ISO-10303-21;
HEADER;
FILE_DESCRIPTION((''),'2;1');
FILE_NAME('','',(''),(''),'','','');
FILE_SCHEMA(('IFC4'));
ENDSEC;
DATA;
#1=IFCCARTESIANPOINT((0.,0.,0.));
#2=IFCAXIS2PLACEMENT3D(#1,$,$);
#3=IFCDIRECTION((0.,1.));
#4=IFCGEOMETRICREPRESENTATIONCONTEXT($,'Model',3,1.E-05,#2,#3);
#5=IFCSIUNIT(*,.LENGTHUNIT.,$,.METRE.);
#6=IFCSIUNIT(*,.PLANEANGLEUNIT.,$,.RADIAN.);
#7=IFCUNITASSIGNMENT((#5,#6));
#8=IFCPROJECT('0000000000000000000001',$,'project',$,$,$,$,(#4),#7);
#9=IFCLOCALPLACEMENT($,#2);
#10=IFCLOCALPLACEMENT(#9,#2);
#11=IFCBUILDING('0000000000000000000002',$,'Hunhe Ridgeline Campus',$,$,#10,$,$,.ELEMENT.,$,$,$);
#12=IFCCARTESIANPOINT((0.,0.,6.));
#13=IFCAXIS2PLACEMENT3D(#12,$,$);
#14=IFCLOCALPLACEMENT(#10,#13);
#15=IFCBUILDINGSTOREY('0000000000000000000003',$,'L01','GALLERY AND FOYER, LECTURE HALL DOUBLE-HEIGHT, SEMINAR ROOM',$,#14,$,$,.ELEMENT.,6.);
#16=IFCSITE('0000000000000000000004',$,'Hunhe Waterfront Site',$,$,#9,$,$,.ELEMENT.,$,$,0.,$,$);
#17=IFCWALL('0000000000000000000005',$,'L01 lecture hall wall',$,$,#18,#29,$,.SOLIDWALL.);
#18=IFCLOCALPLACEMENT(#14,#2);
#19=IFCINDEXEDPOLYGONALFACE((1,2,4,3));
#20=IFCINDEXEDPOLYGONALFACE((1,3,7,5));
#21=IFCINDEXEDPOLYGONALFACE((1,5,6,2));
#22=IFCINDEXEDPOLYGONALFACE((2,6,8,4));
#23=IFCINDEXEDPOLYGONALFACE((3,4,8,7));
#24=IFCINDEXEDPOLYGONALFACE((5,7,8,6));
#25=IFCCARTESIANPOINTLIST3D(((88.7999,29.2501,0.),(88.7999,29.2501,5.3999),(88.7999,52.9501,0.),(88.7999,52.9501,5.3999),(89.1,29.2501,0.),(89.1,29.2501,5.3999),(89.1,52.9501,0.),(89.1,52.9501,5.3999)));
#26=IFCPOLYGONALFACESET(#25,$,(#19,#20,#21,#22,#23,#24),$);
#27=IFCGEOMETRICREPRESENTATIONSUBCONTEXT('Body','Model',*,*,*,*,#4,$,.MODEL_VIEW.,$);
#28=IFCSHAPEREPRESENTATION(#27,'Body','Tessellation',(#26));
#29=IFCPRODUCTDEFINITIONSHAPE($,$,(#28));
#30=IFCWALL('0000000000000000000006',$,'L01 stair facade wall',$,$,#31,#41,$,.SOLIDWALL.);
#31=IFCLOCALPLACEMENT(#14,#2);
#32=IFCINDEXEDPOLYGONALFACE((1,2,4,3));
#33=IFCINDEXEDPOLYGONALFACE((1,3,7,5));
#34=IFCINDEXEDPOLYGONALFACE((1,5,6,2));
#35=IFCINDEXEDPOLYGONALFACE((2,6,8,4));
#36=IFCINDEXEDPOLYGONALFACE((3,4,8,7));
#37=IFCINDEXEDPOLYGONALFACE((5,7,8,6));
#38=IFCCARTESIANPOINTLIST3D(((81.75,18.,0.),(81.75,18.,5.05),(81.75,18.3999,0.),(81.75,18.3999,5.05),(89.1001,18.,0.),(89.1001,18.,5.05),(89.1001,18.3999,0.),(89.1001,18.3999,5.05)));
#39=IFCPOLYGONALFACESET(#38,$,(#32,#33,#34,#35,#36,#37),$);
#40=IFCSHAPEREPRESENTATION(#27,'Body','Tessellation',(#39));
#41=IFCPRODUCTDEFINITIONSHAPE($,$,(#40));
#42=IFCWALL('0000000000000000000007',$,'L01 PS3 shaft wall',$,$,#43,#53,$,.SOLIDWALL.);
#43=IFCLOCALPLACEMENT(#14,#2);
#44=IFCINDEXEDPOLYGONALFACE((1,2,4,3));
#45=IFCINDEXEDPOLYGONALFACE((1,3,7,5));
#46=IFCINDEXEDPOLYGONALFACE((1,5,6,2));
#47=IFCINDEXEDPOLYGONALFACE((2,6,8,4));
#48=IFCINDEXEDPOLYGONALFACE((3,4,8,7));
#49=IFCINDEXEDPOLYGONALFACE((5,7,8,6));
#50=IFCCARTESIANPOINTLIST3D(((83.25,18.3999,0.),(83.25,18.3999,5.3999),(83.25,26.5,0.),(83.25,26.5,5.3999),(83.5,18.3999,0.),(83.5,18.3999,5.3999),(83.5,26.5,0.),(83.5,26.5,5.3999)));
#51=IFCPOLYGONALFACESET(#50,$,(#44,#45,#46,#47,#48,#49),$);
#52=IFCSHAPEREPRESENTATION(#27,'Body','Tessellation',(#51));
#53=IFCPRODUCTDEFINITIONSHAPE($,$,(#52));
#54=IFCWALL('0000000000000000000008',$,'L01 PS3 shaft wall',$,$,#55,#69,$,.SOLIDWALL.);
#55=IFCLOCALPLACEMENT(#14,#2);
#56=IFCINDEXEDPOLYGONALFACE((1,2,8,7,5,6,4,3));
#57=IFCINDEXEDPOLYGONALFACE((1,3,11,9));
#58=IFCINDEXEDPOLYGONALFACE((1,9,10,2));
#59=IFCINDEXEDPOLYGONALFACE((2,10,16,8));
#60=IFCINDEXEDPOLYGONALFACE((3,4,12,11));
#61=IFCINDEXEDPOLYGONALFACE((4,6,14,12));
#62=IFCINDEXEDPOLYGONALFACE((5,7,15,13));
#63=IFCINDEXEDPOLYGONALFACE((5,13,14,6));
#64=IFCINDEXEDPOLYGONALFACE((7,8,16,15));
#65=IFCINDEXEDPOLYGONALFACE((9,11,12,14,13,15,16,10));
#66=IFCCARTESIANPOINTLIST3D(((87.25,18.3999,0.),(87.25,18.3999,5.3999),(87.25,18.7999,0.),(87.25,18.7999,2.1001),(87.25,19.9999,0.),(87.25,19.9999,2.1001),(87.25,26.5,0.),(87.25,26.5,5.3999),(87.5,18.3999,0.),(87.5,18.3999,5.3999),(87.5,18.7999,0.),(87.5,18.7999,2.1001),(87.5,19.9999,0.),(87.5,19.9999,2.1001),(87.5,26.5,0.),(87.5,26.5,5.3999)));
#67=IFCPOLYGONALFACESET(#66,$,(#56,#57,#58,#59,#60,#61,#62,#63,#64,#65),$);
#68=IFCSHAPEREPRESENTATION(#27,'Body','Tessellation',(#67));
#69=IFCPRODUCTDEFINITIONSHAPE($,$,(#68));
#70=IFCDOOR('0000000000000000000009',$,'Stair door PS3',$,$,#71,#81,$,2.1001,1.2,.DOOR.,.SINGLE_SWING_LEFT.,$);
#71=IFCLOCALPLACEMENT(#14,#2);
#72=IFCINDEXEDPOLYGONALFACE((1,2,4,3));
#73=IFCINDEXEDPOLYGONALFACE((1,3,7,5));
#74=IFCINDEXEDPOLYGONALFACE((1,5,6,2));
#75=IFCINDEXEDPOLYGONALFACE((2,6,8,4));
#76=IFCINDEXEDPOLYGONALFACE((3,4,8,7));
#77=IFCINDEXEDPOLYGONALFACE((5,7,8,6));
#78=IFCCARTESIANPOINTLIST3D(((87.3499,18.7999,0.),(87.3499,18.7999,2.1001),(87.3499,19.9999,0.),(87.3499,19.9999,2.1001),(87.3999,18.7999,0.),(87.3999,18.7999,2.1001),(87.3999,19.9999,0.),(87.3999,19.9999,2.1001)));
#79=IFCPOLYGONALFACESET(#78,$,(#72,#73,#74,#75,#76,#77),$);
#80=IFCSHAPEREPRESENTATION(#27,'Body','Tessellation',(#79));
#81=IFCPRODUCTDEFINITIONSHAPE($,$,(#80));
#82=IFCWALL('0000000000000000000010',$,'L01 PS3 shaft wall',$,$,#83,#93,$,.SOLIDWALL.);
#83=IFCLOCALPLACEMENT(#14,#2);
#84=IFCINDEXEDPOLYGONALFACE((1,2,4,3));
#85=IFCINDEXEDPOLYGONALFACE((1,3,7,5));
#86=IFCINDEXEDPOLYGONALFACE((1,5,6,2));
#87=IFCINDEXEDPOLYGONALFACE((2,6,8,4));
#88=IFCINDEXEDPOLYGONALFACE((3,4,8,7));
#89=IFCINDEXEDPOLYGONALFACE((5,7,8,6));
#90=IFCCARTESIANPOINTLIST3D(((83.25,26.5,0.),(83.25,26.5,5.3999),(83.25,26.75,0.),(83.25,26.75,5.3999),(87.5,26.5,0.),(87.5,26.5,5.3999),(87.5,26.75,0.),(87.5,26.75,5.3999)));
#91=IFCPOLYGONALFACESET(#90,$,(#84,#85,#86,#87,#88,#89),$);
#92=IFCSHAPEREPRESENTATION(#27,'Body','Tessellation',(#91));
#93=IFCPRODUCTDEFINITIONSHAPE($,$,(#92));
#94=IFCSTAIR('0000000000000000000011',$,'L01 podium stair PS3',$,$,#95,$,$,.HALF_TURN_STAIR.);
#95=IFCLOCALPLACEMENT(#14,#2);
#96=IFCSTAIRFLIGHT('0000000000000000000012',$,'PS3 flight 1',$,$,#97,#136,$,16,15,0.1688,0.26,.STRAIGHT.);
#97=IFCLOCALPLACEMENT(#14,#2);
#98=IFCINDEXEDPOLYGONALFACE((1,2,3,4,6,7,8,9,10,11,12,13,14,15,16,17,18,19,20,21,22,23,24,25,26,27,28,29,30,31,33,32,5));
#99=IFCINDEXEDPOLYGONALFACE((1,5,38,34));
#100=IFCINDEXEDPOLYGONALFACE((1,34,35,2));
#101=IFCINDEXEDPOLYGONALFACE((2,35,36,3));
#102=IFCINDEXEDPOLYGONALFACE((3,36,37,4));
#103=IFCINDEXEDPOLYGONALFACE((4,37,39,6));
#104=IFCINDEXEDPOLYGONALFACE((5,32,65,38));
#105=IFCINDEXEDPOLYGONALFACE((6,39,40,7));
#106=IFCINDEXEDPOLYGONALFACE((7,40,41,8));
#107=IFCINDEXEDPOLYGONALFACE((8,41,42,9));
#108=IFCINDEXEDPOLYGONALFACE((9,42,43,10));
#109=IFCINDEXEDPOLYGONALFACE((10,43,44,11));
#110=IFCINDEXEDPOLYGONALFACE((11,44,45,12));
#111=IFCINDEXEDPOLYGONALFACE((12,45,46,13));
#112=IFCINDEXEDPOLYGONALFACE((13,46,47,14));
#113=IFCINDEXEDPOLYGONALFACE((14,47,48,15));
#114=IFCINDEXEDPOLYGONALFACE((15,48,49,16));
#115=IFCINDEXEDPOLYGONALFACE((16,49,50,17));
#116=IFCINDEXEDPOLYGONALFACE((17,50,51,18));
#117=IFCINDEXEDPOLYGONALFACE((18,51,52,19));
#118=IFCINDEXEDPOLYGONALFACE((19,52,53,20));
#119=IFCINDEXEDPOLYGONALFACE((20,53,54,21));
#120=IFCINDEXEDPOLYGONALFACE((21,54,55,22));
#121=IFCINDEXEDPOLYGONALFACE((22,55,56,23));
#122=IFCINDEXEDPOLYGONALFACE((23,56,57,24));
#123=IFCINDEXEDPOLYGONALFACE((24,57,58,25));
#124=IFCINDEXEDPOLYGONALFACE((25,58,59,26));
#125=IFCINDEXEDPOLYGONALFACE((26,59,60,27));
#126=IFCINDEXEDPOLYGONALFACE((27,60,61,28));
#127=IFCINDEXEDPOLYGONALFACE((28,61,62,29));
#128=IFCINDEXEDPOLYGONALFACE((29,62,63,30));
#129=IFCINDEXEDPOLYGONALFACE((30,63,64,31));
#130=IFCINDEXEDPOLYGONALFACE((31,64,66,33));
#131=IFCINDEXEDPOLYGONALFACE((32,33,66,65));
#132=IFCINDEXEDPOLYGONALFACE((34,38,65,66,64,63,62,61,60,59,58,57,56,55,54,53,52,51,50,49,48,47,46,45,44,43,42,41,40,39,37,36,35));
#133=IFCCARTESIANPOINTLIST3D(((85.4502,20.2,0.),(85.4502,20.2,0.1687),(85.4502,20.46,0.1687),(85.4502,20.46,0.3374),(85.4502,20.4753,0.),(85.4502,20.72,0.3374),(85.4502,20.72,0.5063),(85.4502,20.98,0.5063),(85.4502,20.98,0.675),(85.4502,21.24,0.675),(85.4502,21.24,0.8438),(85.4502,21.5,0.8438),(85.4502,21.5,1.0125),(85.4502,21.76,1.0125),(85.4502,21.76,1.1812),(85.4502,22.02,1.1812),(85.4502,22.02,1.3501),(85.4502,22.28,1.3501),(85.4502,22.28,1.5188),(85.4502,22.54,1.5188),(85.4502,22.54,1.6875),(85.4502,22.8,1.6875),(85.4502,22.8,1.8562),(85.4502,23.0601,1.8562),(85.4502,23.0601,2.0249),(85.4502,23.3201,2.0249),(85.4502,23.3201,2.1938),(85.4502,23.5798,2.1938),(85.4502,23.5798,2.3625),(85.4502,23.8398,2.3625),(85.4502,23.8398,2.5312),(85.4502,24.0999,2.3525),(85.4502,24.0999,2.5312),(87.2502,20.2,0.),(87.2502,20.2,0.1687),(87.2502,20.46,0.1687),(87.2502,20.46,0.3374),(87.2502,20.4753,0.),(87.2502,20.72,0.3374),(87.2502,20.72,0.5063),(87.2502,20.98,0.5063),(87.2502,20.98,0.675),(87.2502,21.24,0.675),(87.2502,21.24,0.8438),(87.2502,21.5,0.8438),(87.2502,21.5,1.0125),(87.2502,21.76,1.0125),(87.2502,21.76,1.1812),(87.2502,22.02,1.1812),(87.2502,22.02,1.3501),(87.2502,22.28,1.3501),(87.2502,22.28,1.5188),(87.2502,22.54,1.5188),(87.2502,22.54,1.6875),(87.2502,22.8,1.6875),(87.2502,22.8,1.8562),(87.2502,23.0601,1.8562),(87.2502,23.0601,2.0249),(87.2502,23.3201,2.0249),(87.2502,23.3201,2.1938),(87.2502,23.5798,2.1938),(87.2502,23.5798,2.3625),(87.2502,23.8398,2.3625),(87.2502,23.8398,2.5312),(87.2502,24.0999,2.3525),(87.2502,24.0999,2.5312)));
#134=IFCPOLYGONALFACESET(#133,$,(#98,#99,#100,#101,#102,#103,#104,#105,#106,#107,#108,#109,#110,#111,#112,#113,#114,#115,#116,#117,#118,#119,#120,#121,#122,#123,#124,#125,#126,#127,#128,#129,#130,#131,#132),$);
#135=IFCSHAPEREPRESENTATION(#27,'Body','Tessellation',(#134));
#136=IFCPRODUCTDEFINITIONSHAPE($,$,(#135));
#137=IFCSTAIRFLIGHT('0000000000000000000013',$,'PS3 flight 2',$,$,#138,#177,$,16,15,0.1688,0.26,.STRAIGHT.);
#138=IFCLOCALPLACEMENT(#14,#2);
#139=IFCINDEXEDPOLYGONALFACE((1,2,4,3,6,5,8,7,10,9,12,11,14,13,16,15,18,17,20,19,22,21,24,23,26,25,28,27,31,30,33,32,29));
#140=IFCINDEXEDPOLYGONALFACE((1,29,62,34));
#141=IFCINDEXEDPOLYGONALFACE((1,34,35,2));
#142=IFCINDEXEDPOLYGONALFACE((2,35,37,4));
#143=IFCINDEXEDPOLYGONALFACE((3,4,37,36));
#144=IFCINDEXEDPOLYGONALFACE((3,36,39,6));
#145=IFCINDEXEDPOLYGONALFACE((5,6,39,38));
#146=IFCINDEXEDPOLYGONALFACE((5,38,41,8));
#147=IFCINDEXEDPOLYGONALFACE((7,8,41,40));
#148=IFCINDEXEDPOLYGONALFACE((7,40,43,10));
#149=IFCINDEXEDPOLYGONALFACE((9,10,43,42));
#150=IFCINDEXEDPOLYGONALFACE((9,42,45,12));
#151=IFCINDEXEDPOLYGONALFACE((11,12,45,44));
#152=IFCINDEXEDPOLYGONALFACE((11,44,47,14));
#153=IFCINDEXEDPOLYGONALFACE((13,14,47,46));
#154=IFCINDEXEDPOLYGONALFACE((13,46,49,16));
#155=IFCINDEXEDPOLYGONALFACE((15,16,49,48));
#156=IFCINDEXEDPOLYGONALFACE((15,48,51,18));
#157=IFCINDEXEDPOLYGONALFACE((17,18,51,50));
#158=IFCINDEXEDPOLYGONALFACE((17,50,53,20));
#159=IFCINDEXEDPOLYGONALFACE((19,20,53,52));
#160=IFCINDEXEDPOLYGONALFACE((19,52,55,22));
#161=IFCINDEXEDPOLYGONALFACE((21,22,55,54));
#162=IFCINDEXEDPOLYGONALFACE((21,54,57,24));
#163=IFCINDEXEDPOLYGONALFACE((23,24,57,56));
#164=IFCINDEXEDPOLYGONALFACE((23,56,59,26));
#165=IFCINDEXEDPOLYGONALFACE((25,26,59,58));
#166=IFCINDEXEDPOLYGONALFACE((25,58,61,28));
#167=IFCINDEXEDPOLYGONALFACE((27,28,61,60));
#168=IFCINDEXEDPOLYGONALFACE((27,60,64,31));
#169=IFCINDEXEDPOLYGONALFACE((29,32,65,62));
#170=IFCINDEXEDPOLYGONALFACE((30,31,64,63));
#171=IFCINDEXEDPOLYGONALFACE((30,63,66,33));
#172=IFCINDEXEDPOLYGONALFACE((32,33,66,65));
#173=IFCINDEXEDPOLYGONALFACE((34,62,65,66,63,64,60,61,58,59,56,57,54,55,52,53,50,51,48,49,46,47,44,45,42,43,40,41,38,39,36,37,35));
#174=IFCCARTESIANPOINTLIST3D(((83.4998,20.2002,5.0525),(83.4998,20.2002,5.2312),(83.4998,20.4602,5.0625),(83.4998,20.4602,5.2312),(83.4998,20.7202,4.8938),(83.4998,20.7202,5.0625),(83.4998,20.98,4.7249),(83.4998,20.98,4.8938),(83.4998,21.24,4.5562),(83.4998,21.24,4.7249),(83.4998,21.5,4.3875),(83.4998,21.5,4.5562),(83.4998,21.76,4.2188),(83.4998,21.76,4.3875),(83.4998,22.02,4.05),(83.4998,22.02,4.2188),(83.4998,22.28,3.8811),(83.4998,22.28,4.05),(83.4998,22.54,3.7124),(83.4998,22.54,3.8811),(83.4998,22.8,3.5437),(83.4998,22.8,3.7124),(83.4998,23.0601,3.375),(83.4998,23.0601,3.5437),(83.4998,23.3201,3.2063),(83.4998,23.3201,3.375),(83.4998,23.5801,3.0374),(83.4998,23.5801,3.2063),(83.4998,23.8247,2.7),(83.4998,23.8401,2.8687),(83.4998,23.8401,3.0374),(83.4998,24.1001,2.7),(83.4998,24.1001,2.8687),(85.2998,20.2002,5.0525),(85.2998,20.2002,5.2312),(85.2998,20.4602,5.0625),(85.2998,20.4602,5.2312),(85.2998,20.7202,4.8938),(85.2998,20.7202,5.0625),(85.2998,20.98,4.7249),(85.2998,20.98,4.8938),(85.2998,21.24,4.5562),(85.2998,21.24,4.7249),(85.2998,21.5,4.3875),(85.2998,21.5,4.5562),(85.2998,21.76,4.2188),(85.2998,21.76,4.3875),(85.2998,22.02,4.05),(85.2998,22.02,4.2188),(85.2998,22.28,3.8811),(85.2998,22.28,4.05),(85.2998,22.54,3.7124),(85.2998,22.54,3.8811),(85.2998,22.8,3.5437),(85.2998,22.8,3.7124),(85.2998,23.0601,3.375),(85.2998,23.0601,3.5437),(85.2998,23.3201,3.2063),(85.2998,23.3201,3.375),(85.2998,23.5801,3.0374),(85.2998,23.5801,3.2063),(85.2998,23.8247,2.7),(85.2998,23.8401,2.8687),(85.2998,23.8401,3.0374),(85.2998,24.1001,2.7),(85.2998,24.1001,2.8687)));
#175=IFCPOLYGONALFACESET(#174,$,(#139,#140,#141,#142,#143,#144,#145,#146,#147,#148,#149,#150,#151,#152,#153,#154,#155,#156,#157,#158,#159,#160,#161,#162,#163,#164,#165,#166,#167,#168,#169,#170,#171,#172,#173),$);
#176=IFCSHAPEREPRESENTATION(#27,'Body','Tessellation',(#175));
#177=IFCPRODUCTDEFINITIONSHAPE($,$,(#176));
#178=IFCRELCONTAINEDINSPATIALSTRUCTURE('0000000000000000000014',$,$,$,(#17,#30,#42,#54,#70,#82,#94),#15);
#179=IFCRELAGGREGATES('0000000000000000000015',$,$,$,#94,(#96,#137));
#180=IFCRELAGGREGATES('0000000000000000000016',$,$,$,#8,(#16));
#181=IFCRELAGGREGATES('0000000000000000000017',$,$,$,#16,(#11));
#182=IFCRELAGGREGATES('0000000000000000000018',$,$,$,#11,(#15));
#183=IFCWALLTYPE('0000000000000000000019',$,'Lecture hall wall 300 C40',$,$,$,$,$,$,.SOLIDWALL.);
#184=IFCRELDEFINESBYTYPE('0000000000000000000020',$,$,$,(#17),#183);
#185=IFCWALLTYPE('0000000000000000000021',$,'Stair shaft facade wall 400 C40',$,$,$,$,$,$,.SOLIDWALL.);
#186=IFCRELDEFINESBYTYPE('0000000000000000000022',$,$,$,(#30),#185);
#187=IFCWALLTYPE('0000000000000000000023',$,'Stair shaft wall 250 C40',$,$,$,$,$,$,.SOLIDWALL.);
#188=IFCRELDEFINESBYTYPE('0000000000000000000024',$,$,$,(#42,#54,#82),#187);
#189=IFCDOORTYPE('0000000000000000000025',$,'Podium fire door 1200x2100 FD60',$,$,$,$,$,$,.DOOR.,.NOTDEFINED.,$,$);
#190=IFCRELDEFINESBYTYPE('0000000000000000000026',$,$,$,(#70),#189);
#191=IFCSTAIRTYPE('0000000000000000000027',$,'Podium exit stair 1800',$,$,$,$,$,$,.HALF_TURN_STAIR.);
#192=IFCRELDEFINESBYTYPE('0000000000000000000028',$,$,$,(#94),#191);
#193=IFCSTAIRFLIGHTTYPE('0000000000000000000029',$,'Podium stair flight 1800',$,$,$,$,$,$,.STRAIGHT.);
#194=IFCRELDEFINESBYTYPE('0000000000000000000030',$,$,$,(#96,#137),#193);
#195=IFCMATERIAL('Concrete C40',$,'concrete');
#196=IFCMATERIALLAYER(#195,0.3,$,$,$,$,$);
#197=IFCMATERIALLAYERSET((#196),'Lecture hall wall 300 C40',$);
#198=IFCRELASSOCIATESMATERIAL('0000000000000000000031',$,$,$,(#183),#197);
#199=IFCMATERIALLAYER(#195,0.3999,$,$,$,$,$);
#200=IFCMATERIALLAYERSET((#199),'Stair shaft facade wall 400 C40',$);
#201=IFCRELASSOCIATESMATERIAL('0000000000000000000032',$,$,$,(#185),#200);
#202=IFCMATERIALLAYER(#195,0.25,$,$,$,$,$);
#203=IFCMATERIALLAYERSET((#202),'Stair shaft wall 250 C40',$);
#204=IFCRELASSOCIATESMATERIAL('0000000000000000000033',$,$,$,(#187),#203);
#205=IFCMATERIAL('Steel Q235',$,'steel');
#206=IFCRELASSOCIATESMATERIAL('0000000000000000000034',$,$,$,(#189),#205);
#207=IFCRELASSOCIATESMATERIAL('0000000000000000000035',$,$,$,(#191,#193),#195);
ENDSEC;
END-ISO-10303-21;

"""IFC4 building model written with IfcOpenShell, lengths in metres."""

from ifc_helpers import new_model, si_unit, direction, frame, frame_2d, origin, place, context, subcontext, project, spatial, polyline, rectangle, outline, extrude, material, layer, layer_set, type_object, element, fill, aggregate, save


model = new_model("IFC4")

# Units and contexts
model_context = context("Model", 3, precision=1e-05, world=origin(), true_north=direction((0.0, 1.0)))
body_context = subcontext(model_context, "Body", "Model", "MODEL_VIEW")
ifc_project = project(units=[si_unit("LENGTHUNIT", "METRE"), si_unit("PLANEANGLEUNIT", "RADIAN")], contexts=[model_context])

# Site, building, storey
site_placement = place(None, origin())
site = spatial("IfcSite", under=ifc_project, at=site_placement, Name="Hunhe Waterfront Site", CompositionType="ELEMENT", RefElevation=0.0)
building_placement = place(site_placement, origin())
building = spatial("IfcBuilding", under=site, at=building_placement, Name="Hunhe Ridgeline Campus", CompositionType="ELEMENT")
storey_placement = place(building_placement, frame((0.0, 0.0, 6.0)))
storey = spatial("IfcBuildingStorey", under=building, at=storey_placement, Name="L01", Description="GALLERY AND FOYER, LECTURE HALL DOUBLE-HEIGHT, SEMINAR ROOM", CompositionType="ELEMENT", Elevation=6.0)

# Wall
ifc_material_1 = material(Name="Concrete C40", Category="concrete")
ifc_layer_1 = layer(ifc_material_1, 0.3)
ifc_layer_set_1 = layer_set([ifc_layer_1], Name="Lecture hall wall 300 C40")
wall_type_1 = type_object("IfcWallType", Name="Lecture hall wall 300 C40", PredefinedType="SOLIDWALL", material=ifc_layer_set_1)
wall_1_placement = place(storey_placement, frame((88.95, 29.25, 0.0), z_axis=(0.0, 0.0, 1.0), x_axis=(0.0, 1.0, 0.0)))
element("IfcWall", 1, at=wall_1_placement, inside=storey, type_object=wall_type_1, Name="L01 lecture hall wall", PredefinedType="SOLIDWALL", context=body_context, shape_type="SweptSolid", body=[
    extrude(rectangle(XDim=23.7, YDim=0.3, at=frame_2d((11.8501, 0.0))), origin(), (0.0, 0.0, 1.0), 5.3999),
])

# Walls
ifc_layer_2 = layer(ifc_material_1, 0.3999)
ifc_layer_set_2 = layer_set([ifc_layer_2], Name="Stair shaft facade wall 400 C40")
wall_type_2 = type_object("IfcWallType", Name="Stair shaft facade wall 400 C40", PredefinedType="SOLIDWALL", material=ifc_layer_set_2)
wall_2_placement = place(storey_placement, frame((89.1001, 18.2, 0.0), z_axis=(0.0, 0.0, 1.0), x_axis=(-1.0, 0.0, 0.0)))
element("IfcWall", 2, at=wall_2_placement, inside=storey, type_object=wall_type_2, Name="L01 stair facade wall", PredefinedType="SOLIDWALL", context=body_context, shape_type="SweptSolid", body=[
    extrude(rectangle(XDim=7.3501, YDim=0.3999, at=frame_2d((3.675, 0.0))), origin(), (0.0, 0.0, 1.0), 5.05),
])
ifc_layer_3 = layer(ifc_material_1, 0.25)
ifc_layer_set_3 = layer_set([ifc_layer_3], Name="Stair shaft wall 250 C40")
wall_type_3 = type_object("IfcWallType", Name="Stair shaft wall 250 C40", PredefinedType="SOLIDWALL", material=ifc_layer_set_3)
wall_3_placement = place(storey_placement, frame((83.375, 18.3999, 0.0), z_axis=(0.0, 0.0, 1.0), x_axis=(0.0, 1.0, 0.0)))
element("IfcWall", 3, at=wall_3_placement, inside=storey, type_object=wall_type_3, Name="L01 PS3 shaft wall", PredefinedType="SOLIDWALL", context=body_context, shape_type="SweptSolid", body=[
    extrude(rectangle(XDim=8.1001, YDim=0.25, at=frame_2d((4.05, 0.0))), origin(), (0.0, 0.0, 1.0), 5.3999),
])

# Wall, opening, door
wall_4_placement = place(storey_placement, frame((87.375, 26.5, 0.0), z_axis=(0.0, 0.0, 1.0), x_axis=(0.0, -1.0, 0.0)))
wall_4 = element("IfcWall", 4, at=wall_4_placement, inside=storey, type_object=wall_type_3, Name="L01 PS3 shaft wall", PredefinedType="SOLIDWALL", context=body_context, shape_type="SweptSolid", body=[
    extrude(rectangle(XDim=8.1001, YDim=0.25, at=frame_2d((4.05, 0.0))), origin(), (0.0, 0.0, 1.0), 5.3999),
])
opening_1_placement = place(wall_4_placement, frame((6.5, 0.0, 0.0)))
opening_1 = element("IfcOpeningElement", 5, at=opening_1_placement, cuts=wall_4, PredefinedType="OPENING", context=body_context, shape_type="SweptSolid", body=[
    extrude(rectangle(XDim=1.2, YDim=2.1001, at=frame_2d((0.6001, 1.05))), frame((0.0, 0.125, 0.0), z_axis=(0.0, -1.0, 0.0), x_axis=(1.0, 0.0, 0.0)), (0.0, 0.0, 1.0), 0.25),
])
ifc_material_2 = material(Name="Steel Q235", Category="steel")
door_type_1 = type_object("IfcDoorType", Name="Podium fire door 1200x2100 FD60", OperationType="NOTDEFINED", PredefinedType="DOOR", material=ifc_material_2)
door_1_placement = place(opening_1_placement, origin())
door_1 = element("IfcDoor", 6, at=door_1_placement, inside=storey, type_object=door_type_1, Name="Stair door PS3", OperationType="SINGLE_SWING_LEFT", OverallHeight=2.1001, OverallWidth=1.2, PredefinedType="DOOR", context=body_context, shape_type="SweptSolid", body=[
    extrude(rectangle(XDim=1.2, YDim=2.1001, at=frame_2d((0.6001, 1.05))), frame((0.0, 0.0249, 0.0), z_axis=(0.0, -1.0, 0.0), x_axis=(1.0, 0.0, 0.0)), (0.0, 0.0, 1.0), 0.05),
])
fill(opening_1, door_1)

# Wall
wall_5_placement = place(storey_placement, frame((83.25, 26.625, 0.0), z_axis=(0.0, 0.0, 1.0), x_axis=(1.0, 0.0, 0.0)))
element("IfcWall", 7, at=wall_5_placement, inside=storey, type_object=wall_type_3, Name="L01 PS3 shaft wall", PredefinedType="SOLIDWALL", context=body_context, shape_type="SweptSolid", body=[
    extrude(rectangle(XDim=4.25, YDim=0.25, at=frame_2d((2.125, 0.0))), origin(), (0.0, 0.0, 1.0), 5.3999),
])

# Stair, stair flights
stair_type = type_object("IfcStairType", Name="Podium exit stair 1800", PredefinedType="HALF_TURN_STAIR", material=ifc_material_1)
stair_placement = place(storey_placement, origin())
stair = element("IfcStair", 8, at=stair_placement, inside=storey, type_object=stair_type, Name="L01 podium stair PS3", PredefinedType="HALF_TURN_STAIR")
stair_flight_type = type_object("IfcStairFlightType", Name="Podium stair flight 1800", PredefinedType="STRAIGHT", material=ifc_material_1)
stair_flight_1_placement = place(storey_placement, frame((86.3501, 20.2, 0.0), z_axis=(0.0, 0.0, 1.0), x_axis=(0.0, 1.0, 0.0)))
stair_flight_1 = element("IfcStairFlight", 9, at=stair_flight_1_placement, type_object=stair_flight_type, Name="PS3 flight 1", NumberOfRisers=16, NumberOfTreads=15, PredefinedType="STRAIGHT", RiserHeight=0.1688, TreadLength=0.26, context=body_context, shape_type="SweptSolid", body=[
    extrude(outline(polyline([(0.0, 0.0), (0.0, 0.1687), (0.26, 0.1687), (0.26, 0.3374), (0.52, 0.3374), (0.52, 0.5063), (0.78, 0.5063), (0.78, 0.675), (1.04, 0.675), (1.04, 0.8438), (1.3, 0.8438), (1.3, 1.0125), (1.5601, 1.0125), (1.5601, 1.1812), (1.8201, 1.1812), (1.8201, 1.3501), (2.0801, 1.3501), (2.0801, 1.5188), (2.3401, 1.5188), (2.3401, 1.6875), (2.6001, 1.6875), (2.6001, 1.8562), (2.8601, 1.8562), (2.8601, 2.0249), (3.1201, 2.0249), (3.1201, 2.1938), (3.3799, 2.1938), (3.3799, 2.3625), (3.6399, 2.3625), (3.6399, 2.5312), (3.8999, 2.5312), (3.8999, 2.7), (3.8999, 2.3525), (0.2754, 0.0), (0.0, 0.0)])), frame((0.0, 0.8999, 0.0), z_axis=(0.0, -1.0, 0.0), x_axis=(1.0, 0.0, 0.0)), (0.0, 0.0, 1.0), 1.8),
])
stair_flight_2_placement = place(storey_placement, frame((84.3999, 24.1001, 2.7), z_axis=(0.0, 0.0, 1.0), x_axis=(0.0, -1.0, 0.0)))
stair_flight_2 = element("IfcStairFlight", 10, at=stair_flight_2_placement, type_object=stair_flight_type, Name="PS3 flight 2", NumberOfRisers=16, NumberOfTreads=15, PredefinedType="STRAIGHT", RiserHeight=0.1688, TreadLength=0.26, context=body_context, shape_type="SweptSolid", body=[
    extrude(outline(polyline([(0.0, 0.0), (0.0, 0.1687), (0.26, 0.1687), (0.26, 0.3374), (0.52, 0.3374), (0.52, 0.5063), (0.78, 0.5063), (0.78, 0.675), (1.04, 0.675), (1.04, 0.8438), (1.3, 0.8438), (1.3, 1.0125), (1.5601, 1.0125), (1.5601, 1.1812), (1.8201, 1.1812), (1.8201, 1.3501), (2.0801, 1.3501), (2.0801, 1.5188), (2.3401, 1.5188), (2.3401, 1.6875), (2.6001, 1.6875), (2.6001, 1.8562), (2.8601, 1.8562), (2.8601, 2.0249), (3.1201, 2.0249), (3.1201, 2.1938), (3.3799, 2.1938), (3.3799, 2.3625), (3.6399, 2.3625), (3.6399, 2.5312), (3.8999, 2.5312), (3.8999, 2.7), (3.8999, 2.3525), (0.2754, 0.0), (0.0, 0.0)])), frame((0.0, 0.8999, 0.0), z_axis=(0.0, -1.0, 0.0), x_axis=(1.0, 0.0, 0.0)), (0.0, 0.0, 1.0), 1.8),
])
aggregate(stair, [stair_flight_1, stair_flight_2])

save(model, "model.ifc")
